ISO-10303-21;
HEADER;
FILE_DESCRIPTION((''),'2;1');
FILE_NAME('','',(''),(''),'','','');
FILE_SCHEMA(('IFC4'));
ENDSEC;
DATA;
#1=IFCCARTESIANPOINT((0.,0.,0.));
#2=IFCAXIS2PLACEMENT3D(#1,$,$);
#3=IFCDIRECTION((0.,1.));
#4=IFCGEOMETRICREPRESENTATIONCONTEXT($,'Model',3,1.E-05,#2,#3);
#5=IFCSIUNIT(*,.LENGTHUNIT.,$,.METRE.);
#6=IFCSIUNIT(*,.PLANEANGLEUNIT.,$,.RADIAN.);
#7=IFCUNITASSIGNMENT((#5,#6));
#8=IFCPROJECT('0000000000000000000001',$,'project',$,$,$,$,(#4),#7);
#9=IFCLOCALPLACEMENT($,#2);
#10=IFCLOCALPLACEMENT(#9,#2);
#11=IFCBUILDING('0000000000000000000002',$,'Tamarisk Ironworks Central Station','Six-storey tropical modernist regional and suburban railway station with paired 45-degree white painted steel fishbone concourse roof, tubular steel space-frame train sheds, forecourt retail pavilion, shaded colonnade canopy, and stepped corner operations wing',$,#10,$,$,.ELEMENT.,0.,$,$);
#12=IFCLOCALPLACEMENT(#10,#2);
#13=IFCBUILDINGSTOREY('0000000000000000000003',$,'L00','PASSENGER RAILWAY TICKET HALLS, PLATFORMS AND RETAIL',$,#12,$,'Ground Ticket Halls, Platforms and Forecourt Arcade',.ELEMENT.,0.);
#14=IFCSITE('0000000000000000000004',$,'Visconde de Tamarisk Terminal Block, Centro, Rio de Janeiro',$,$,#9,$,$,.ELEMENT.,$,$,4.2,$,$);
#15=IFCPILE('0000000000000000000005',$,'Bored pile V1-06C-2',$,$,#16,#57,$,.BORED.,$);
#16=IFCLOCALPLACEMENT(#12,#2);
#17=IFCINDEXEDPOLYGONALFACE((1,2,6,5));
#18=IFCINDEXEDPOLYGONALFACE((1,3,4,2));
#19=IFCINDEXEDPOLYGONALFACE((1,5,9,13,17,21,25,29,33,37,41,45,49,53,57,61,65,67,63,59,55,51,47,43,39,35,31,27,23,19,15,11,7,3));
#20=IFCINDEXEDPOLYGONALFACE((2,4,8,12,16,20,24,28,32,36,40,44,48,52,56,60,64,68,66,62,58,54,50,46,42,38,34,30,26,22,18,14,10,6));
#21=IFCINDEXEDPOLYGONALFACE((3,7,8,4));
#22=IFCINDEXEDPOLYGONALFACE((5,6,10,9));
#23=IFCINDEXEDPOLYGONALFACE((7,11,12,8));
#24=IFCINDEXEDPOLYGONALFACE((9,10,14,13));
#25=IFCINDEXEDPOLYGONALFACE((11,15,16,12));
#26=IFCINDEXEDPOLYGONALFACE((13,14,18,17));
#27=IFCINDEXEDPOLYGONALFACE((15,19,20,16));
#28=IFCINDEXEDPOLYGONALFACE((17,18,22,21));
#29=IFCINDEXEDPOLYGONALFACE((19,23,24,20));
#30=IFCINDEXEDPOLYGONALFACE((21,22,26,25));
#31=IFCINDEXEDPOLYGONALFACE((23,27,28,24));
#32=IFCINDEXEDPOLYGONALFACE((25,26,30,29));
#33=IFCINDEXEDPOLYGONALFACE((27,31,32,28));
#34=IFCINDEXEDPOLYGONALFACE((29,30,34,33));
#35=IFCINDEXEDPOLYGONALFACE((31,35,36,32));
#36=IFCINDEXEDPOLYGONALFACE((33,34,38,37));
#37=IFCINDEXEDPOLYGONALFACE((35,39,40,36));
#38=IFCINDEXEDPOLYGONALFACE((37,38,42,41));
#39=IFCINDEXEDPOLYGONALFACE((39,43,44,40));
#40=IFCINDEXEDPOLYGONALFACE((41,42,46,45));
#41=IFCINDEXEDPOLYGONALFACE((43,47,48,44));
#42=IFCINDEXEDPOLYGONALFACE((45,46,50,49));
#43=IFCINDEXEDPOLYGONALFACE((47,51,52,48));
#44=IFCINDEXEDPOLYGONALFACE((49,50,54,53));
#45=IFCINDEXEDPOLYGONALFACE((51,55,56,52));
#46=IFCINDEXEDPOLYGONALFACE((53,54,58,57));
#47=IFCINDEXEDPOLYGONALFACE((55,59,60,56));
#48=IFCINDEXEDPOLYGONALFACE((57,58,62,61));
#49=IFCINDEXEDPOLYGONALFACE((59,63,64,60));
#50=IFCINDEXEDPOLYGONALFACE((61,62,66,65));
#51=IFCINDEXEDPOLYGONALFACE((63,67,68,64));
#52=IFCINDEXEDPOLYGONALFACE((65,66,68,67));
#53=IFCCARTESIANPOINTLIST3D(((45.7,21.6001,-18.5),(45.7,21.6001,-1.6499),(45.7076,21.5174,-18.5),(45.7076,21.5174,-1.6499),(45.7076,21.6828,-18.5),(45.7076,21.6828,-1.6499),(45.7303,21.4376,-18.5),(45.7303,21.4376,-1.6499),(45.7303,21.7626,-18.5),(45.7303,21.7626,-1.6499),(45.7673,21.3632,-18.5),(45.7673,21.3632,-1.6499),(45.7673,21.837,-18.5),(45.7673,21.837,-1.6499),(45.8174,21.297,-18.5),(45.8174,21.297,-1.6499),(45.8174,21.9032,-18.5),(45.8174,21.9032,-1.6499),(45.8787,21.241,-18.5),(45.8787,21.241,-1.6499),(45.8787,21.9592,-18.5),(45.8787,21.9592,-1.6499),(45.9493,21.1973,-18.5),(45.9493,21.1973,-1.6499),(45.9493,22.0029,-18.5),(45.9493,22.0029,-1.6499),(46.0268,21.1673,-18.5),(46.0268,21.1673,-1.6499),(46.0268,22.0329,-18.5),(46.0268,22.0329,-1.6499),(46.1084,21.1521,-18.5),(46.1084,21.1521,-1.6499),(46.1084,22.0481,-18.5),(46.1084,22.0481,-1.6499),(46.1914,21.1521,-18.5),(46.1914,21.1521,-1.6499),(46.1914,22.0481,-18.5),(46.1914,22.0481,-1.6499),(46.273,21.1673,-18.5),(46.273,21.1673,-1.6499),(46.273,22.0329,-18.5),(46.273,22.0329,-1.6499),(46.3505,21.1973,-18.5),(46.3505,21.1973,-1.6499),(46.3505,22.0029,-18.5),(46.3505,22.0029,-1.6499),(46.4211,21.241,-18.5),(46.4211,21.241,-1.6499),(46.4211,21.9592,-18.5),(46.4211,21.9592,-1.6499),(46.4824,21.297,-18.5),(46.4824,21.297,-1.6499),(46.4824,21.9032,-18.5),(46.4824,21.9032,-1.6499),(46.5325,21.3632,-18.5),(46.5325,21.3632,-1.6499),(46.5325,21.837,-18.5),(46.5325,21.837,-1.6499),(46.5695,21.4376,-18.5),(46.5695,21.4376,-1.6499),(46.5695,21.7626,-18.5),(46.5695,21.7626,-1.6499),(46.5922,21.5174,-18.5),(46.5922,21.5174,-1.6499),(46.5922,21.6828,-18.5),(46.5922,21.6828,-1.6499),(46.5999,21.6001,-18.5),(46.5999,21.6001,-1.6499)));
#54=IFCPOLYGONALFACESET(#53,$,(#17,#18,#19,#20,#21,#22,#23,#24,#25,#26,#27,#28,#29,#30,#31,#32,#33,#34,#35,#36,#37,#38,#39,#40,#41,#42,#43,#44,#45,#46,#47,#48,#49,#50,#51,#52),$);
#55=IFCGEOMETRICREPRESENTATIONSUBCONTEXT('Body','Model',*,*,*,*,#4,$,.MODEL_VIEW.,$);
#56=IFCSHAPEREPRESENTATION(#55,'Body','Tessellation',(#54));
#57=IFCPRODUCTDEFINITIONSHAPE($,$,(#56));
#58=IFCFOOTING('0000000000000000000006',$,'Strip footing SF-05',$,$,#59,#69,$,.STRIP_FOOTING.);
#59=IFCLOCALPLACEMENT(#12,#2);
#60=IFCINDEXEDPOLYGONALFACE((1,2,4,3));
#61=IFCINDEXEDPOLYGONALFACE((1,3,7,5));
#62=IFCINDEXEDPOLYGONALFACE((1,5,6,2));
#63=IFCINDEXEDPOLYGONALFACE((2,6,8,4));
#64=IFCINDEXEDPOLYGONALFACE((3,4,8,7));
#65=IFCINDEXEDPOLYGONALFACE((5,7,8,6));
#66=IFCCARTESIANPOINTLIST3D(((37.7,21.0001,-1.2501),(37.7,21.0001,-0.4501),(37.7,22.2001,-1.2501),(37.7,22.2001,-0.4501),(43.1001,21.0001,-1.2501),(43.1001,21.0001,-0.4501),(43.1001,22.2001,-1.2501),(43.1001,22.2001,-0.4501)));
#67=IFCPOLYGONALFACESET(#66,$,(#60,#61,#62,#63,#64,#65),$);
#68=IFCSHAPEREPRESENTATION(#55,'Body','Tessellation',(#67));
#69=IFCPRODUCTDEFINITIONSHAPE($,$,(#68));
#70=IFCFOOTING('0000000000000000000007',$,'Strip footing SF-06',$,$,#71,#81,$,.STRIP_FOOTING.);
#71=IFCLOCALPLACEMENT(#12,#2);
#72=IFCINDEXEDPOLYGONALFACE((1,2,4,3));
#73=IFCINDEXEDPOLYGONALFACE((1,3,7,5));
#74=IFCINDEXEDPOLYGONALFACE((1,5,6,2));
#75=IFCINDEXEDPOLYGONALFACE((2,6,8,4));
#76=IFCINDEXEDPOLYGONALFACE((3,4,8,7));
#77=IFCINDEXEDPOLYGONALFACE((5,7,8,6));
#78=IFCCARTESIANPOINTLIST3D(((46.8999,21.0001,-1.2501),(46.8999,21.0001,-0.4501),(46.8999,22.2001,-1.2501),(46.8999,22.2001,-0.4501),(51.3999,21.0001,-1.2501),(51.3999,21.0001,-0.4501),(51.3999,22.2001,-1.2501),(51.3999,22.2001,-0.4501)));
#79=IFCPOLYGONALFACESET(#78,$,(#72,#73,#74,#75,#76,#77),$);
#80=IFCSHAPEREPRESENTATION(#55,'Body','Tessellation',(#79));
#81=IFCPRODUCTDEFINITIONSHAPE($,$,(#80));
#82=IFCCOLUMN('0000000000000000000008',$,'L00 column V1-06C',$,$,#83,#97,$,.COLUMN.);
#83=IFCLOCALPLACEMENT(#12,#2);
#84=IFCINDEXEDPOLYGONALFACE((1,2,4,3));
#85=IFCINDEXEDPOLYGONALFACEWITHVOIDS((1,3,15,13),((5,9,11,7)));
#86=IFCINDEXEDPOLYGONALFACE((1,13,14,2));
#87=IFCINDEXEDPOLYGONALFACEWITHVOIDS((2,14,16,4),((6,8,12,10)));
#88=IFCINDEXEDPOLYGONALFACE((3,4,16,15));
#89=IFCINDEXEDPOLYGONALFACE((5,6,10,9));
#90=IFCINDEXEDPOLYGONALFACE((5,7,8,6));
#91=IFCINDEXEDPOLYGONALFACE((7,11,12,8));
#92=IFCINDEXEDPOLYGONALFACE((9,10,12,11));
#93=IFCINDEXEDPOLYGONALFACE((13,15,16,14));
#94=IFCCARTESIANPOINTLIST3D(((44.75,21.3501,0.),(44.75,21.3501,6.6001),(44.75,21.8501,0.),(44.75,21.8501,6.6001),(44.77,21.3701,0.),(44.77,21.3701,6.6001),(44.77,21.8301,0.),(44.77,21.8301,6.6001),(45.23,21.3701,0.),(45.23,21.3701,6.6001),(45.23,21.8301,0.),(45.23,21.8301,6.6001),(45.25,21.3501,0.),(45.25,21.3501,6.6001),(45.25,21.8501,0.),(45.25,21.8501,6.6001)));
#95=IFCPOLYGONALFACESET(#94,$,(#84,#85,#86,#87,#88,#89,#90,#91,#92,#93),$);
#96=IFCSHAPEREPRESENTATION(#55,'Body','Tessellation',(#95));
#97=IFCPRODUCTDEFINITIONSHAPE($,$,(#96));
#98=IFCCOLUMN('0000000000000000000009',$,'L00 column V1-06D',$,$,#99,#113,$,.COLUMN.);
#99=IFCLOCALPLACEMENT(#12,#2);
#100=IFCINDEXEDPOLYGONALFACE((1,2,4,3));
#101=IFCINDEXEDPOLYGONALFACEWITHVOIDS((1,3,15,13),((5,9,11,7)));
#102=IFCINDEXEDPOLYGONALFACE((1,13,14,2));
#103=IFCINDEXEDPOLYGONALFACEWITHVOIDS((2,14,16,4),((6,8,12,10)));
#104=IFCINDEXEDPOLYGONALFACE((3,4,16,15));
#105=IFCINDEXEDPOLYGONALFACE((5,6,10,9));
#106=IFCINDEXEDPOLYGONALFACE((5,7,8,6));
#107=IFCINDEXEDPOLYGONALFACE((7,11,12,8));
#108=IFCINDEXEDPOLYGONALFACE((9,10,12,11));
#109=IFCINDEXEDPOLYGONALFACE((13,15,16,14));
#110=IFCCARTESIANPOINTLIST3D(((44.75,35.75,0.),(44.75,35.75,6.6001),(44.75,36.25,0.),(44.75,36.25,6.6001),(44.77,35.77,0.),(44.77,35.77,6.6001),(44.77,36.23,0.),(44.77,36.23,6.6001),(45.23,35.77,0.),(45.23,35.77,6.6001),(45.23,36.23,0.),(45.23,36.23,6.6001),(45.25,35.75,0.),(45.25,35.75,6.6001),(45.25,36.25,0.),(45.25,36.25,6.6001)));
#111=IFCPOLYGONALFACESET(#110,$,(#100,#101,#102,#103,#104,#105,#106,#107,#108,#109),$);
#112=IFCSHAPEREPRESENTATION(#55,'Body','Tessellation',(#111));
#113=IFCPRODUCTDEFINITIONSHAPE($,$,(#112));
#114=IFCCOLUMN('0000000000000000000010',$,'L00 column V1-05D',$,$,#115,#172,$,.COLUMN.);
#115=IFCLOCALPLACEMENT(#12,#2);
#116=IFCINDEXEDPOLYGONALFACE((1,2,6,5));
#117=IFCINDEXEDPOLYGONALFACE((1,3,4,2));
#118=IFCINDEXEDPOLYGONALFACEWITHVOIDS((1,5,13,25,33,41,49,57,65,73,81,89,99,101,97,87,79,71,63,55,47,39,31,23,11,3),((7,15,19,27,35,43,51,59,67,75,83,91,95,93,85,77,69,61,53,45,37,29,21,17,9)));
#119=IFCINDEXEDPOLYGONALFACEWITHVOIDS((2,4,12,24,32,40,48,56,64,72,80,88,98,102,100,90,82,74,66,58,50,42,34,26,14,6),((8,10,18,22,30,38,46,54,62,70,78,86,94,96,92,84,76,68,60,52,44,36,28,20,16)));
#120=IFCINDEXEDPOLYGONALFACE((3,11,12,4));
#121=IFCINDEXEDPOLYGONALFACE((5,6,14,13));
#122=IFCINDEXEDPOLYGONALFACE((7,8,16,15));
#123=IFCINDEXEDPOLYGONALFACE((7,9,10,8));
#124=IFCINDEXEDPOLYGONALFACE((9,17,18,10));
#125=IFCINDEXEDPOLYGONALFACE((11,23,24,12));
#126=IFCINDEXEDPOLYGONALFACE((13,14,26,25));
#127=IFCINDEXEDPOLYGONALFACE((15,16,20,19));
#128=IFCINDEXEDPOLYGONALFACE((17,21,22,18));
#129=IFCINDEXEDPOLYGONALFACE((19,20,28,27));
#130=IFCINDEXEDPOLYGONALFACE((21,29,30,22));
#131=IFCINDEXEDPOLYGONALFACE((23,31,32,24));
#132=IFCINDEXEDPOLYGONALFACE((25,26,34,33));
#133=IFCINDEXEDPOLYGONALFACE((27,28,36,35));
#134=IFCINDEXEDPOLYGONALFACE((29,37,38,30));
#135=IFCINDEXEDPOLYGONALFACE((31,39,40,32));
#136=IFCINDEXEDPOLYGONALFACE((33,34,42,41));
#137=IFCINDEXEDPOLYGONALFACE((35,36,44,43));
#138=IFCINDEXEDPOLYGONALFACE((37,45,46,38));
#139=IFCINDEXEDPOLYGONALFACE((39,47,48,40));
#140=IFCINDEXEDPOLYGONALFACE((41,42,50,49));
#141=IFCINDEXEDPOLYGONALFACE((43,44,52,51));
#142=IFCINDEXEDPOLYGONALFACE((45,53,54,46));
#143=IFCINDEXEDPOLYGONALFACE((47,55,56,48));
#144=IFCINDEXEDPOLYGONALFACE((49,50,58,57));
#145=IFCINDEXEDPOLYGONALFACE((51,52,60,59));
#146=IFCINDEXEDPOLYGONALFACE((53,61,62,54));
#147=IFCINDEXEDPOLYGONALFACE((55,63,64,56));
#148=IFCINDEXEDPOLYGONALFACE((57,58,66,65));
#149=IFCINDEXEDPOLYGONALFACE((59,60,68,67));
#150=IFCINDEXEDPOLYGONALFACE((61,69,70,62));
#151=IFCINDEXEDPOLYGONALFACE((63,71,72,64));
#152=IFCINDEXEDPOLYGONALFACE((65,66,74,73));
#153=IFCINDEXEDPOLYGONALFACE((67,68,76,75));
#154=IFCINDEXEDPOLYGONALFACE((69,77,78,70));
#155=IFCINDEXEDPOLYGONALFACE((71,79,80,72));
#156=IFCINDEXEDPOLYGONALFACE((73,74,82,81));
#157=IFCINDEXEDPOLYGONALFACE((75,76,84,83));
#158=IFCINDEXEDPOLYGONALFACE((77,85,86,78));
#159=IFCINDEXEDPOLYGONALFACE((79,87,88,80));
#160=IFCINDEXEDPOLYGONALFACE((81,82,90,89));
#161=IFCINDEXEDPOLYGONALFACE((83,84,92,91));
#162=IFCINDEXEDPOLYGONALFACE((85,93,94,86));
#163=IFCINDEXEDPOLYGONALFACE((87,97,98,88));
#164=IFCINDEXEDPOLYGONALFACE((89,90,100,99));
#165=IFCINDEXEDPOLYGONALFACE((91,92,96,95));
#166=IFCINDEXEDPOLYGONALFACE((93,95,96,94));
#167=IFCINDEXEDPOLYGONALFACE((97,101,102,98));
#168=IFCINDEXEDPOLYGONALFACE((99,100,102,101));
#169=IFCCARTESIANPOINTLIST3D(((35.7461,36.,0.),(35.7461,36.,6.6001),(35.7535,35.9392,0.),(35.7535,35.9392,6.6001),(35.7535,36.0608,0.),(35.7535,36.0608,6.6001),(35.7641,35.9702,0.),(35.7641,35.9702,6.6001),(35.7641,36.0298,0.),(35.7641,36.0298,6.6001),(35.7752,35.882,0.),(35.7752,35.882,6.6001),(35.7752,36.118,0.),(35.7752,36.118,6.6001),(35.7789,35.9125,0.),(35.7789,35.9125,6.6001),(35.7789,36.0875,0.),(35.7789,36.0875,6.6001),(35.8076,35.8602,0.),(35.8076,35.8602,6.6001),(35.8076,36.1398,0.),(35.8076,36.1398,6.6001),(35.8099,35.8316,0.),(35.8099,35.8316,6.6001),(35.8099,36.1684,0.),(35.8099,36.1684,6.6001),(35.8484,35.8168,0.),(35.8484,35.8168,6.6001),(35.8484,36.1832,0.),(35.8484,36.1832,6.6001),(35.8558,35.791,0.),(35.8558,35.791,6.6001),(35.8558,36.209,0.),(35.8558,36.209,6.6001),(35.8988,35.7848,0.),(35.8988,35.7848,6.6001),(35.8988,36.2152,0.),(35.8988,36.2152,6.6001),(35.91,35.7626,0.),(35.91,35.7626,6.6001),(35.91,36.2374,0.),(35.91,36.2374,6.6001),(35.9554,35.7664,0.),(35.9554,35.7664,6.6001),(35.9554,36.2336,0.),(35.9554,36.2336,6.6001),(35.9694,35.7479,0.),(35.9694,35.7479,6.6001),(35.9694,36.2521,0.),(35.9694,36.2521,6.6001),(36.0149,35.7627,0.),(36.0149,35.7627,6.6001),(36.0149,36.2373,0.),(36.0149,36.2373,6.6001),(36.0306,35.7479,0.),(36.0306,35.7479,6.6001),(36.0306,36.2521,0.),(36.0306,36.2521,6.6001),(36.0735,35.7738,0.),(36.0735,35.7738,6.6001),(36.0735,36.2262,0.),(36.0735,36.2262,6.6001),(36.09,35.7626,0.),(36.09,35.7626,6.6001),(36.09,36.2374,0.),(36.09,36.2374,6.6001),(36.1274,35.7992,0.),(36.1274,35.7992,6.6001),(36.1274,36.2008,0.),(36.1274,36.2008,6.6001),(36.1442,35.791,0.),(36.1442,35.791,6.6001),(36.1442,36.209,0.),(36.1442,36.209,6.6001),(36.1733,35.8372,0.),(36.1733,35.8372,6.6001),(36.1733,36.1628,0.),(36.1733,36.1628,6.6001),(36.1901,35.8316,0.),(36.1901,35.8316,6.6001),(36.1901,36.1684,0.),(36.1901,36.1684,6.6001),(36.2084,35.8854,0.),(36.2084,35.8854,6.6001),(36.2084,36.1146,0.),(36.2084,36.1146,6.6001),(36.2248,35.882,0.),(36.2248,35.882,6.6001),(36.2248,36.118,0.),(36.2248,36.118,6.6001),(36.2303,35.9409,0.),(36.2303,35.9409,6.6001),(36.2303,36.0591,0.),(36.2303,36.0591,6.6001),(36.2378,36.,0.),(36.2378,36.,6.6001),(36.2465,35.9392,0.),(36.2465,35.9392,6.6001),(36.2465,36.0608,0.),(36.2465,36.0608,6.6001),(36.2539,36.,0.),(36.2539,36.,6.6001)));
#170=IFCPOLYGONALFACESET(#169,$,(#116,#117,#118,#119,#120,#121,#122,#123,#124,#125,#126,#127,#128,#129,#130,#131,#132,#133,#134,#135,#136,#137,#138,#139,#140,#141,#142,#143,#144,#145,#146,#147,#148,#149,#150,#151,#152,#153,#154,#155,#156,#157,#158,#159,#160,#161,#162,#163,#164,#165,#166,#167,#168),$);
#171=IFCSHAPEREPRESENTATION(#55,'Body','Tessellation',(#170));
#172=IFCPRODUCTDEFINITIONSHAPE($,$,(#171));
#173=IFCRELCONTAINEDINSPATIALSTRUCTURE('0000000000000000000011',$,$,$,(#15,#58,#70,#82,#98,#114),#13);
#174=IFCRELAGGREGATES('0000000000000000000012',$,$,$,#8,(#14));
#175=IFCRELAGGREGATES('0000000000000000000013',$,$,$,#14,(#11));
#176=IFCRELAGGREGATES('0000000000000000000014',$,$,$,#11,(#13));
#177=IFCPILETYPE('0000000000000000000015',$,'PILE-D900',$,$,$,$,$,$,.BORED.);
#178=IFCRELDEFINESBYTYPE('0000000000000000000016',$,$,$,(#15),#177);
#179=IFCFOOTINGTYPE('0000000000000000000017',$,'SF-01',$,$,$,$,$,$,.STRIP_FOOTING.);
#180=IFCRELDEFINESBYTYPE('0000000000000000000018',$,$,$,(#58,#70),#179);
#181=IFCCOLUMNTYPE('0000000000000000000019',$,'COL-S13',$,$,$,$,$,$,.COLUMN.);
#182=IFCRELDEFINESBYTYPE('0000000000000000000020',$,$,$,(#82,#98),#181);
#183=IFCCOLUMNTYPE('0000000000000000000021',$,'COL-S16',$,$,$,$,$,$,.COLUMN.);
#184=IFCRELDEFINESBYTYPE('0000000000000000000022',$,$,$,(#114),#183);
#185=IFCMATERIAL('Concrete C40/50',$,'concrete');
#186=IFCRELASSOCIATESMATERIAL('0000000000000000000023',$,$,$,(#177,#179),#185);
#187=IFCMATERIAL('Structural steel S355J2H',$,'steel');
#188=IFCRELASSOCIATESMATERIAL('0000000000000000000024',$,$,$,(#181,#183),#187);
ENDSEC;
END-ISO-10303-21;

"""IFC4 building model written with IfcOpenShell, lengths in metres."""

from ifc_helpers import new_model, si_unit, direction, frame, origin, origin_2d, place, context, subcontext, project, spatial, rectangle, hollow_rectangle, circle, hollow_circle, extrude, material, material_profile, profile_set, type_object, element, save


model = new_model("IFC4")

# Units and contexts
model_context = context("Model", 3, precision=1e-05, world=origin(), true_north=direction((0.0, 1.0)))
body_context = subcontext(model_context, "Body", "Model", "MODEL_VIEW")
ifc_project = project(units=[si_unit("LENGTHUNIT", "METRE"), si_unit("PLANEANGLEUNIT", "RADIAN")], contexts=[model_context])

# Site, building, storey
site_placement = place(None, origin())
site = spatial("IfcSite", under=ifc_project, at=site_placement, Name="Visconde de Tamarisk Terminal Block, Centro, Rio de Janeiro", CompositionType="ELEMENT", RefElevation=4.2)
building_placement = place(site_placement, origin())
building = spatial("IfcBuilding", under=site, at=building_placement, Name="Tamarisk Ironworks Central Station", Description="Six-storey tropical modernist regional and suburban railway station with paired 45-degree white painted steel fishbone concourse roof, tubular steel space-frame train sheds, forecourt retail pavilion, shaded colonnade canopy, and stepped corner operations wing", CompositionType="ELEMENT", ElevationOfRefHeight=0.0)
storey_placement = place(building_placement, origin())
storey = spatial("IfcBuildingStorey", under=building, at=storey_placement, Name="L00", Description="PASSENGER RAILWAY TICKET HALLS, PLATFORMS AND RETAIL", LongName="Ground Ticket Halls, Platforms and Forecourt Arcade", CompositionType="ELEMENT", Elevation=0.0)

# Shared definitions
ifc_material_1 = material(Name="Concrete C40/50", Category="concrete")

# Pile
ifc_material_profile_1 = material_profile(ifc_material_1, circle(Radius=0.45, at=origin_2d()), Name="BORED PILE D900")
ifc_profile_set_1 = profile_set([ifc_material_profile_1], Name="Concrete C40/50")
pile_type_1 = type_object("IfcPileType", Name="PILE-D900", PredefinedType="BORED", material=ifc_profile_set_1)
for number, where, z_axis, x_axis, name in (
    (1, (46.1499, 21.6001, -1.6499), (0.0, 0.0, -1.0), (1.0, 0.0, 0.0), "Bored pile V1-06C-2"),
):
    element("IfcPile", number, at=place(storey_placement, frame(where, z_axis=z_axis, x_axis=x_axis)), inside=storey, type_object=pile_type_1, Name=name, PredefinedType="BORED", context=body_context, shape_type="SweptSolid", body=[
        extrude(circle(Radius=0.45, at=origin_2d()), origin(), (0.0, 0.0, 1.0), 16.8501),
    ])

# Footings
ifc_material_profile_2 = material_profile(ifc_material_1, rectangle(XDim=1.2, YDim=0.8, at=origin_2d()), Name="SF01 1200x800")
ifc_profile_set_2 = profile_set([ifc_material_profile_2], Name="Concrete C40/50")
footing_type_1 = type_object("IfcFootingType", Name="SF-01", PredefinedType="STRIP_FOOTING", material=ifc_profile_set_2)
footing_1_placement = place(storey_placement, frame((37.7, 21.6001, -0.8501), z_axis=(1.0, 0.0, 0.0), x_axis=(0.0, 1.0, 0.0)))
element("IfcFooting", 2, at=footing_1_placement, inside=storey, type_object=footing_type_1, Name="Strip footing SF-05", PredefinedType="STRIP_FOOTING", context=body_context, shape_type="SweptSolid", body=[
    extrude(rectangle(XDim=1.2, YDim=0.8, at=origin_2d()), origin(), (0.0, 0.0, 1.0), 5.4001),
])
footing_2_placement = place(storey_placement, frame((46.8999, 21.6001, -0.8501), z_axis=(1.0, 0.0, 0.0), x_axis=(0.0, 1.0, 0.0)))
element("IfcFooting", 3, at=footing_2_placement, inside=storey, type_object=footing_type_1, Name="Strip footing SF-06", PredefinedType="STRIP_FOOTING", context=body_context, shape_type="SweptSolid", body=[
    extrude(rectangle(XDim=1.2, YDim=0.8, at=origin_2d()), origin(), (0.0, 0.0, 1.0), 4.5),
])

# Columns
ifc_material_2 = material(Name="Structural steel S355J2H", Category="steel")
ifc_material_profile_3 = material_profile(ifc_material_2, hollow_rectangle(XDim=0.5, YDim=0.5, WallThickness=0.02, at=origin_2d()), Name="SHS 500x500x20")
ifc_profile_set_3 = profile_set([ifc_material_profile_3], Name="Structural steel S355J2H")
column_type_1 = type_object("IfcColumnType", Name="COL-S13", PredefinedType="COLUMN", material=ifc_profile_set_3)
for number, where, z_axis, x_axis, name in (
    (4, (45.0, 21.6001, 0.0), (0.0, 0.0, 1.0), (1.0, 0.0, 0.0), "L00 column V1-06C"),
    (5, (45.0, 36.0, 0.0), (0.0, 0.0, 1.0), (1.0, 0.0, 0.0), "L00 column V1-06D"),
):
    element("IfcColumn", number, at=place(storey_placement, frame(where, z_axis=z_axis, x_axis=x_axis)), inside=storey, type_object=column_type_1, Name=name, PredefinedType="COLUMN", context=body_context, shape_type="SweptSolid", body=[
        extrude(hollow_rectangle(XDim=0.5, YDim=0.5, WallThickness=0.02, at=origin_2d()), origin(), (0.0, 0.0, 1.0), 6.6001),
    ])
ifc_material_profile_4 = material_profile(ifc_material_2, hollow_circle(Radius=0.2539, WallThickness=0.0161, at=origin_2d()), Name="CHS 508x16")
ifc_profile_set_4 = profile_set([ifc_material_profile_4], Name="Structural steel S355J2H")
column_type_2 = type_object("IfcColumnType", Name="COL-S16", PredefinedType="COLUMN", material=ifc_profile_set_4)
column_placement = place(storey_placement, frame((36.0, 36.0, 0.0), z_axis=(0.0, 0.0, 1.0), x_axis=(1.0, 0.0, 0.0)))
element("IfcColumn", 6, at=column_placement, inside=storey, type_object=column_type_2, Name="L00 column V1-05D", PredefinedType="COLUMN", context=body_context, shape_type="SweptSolid", body=[
    extrude(hollow_circle(Radius=0.2539, WallThickness=0.0161, at=origin_2d()), origin(), (0.0, 0.0, 1.0), 6.6001),
])

save(model, "model.ifc")
